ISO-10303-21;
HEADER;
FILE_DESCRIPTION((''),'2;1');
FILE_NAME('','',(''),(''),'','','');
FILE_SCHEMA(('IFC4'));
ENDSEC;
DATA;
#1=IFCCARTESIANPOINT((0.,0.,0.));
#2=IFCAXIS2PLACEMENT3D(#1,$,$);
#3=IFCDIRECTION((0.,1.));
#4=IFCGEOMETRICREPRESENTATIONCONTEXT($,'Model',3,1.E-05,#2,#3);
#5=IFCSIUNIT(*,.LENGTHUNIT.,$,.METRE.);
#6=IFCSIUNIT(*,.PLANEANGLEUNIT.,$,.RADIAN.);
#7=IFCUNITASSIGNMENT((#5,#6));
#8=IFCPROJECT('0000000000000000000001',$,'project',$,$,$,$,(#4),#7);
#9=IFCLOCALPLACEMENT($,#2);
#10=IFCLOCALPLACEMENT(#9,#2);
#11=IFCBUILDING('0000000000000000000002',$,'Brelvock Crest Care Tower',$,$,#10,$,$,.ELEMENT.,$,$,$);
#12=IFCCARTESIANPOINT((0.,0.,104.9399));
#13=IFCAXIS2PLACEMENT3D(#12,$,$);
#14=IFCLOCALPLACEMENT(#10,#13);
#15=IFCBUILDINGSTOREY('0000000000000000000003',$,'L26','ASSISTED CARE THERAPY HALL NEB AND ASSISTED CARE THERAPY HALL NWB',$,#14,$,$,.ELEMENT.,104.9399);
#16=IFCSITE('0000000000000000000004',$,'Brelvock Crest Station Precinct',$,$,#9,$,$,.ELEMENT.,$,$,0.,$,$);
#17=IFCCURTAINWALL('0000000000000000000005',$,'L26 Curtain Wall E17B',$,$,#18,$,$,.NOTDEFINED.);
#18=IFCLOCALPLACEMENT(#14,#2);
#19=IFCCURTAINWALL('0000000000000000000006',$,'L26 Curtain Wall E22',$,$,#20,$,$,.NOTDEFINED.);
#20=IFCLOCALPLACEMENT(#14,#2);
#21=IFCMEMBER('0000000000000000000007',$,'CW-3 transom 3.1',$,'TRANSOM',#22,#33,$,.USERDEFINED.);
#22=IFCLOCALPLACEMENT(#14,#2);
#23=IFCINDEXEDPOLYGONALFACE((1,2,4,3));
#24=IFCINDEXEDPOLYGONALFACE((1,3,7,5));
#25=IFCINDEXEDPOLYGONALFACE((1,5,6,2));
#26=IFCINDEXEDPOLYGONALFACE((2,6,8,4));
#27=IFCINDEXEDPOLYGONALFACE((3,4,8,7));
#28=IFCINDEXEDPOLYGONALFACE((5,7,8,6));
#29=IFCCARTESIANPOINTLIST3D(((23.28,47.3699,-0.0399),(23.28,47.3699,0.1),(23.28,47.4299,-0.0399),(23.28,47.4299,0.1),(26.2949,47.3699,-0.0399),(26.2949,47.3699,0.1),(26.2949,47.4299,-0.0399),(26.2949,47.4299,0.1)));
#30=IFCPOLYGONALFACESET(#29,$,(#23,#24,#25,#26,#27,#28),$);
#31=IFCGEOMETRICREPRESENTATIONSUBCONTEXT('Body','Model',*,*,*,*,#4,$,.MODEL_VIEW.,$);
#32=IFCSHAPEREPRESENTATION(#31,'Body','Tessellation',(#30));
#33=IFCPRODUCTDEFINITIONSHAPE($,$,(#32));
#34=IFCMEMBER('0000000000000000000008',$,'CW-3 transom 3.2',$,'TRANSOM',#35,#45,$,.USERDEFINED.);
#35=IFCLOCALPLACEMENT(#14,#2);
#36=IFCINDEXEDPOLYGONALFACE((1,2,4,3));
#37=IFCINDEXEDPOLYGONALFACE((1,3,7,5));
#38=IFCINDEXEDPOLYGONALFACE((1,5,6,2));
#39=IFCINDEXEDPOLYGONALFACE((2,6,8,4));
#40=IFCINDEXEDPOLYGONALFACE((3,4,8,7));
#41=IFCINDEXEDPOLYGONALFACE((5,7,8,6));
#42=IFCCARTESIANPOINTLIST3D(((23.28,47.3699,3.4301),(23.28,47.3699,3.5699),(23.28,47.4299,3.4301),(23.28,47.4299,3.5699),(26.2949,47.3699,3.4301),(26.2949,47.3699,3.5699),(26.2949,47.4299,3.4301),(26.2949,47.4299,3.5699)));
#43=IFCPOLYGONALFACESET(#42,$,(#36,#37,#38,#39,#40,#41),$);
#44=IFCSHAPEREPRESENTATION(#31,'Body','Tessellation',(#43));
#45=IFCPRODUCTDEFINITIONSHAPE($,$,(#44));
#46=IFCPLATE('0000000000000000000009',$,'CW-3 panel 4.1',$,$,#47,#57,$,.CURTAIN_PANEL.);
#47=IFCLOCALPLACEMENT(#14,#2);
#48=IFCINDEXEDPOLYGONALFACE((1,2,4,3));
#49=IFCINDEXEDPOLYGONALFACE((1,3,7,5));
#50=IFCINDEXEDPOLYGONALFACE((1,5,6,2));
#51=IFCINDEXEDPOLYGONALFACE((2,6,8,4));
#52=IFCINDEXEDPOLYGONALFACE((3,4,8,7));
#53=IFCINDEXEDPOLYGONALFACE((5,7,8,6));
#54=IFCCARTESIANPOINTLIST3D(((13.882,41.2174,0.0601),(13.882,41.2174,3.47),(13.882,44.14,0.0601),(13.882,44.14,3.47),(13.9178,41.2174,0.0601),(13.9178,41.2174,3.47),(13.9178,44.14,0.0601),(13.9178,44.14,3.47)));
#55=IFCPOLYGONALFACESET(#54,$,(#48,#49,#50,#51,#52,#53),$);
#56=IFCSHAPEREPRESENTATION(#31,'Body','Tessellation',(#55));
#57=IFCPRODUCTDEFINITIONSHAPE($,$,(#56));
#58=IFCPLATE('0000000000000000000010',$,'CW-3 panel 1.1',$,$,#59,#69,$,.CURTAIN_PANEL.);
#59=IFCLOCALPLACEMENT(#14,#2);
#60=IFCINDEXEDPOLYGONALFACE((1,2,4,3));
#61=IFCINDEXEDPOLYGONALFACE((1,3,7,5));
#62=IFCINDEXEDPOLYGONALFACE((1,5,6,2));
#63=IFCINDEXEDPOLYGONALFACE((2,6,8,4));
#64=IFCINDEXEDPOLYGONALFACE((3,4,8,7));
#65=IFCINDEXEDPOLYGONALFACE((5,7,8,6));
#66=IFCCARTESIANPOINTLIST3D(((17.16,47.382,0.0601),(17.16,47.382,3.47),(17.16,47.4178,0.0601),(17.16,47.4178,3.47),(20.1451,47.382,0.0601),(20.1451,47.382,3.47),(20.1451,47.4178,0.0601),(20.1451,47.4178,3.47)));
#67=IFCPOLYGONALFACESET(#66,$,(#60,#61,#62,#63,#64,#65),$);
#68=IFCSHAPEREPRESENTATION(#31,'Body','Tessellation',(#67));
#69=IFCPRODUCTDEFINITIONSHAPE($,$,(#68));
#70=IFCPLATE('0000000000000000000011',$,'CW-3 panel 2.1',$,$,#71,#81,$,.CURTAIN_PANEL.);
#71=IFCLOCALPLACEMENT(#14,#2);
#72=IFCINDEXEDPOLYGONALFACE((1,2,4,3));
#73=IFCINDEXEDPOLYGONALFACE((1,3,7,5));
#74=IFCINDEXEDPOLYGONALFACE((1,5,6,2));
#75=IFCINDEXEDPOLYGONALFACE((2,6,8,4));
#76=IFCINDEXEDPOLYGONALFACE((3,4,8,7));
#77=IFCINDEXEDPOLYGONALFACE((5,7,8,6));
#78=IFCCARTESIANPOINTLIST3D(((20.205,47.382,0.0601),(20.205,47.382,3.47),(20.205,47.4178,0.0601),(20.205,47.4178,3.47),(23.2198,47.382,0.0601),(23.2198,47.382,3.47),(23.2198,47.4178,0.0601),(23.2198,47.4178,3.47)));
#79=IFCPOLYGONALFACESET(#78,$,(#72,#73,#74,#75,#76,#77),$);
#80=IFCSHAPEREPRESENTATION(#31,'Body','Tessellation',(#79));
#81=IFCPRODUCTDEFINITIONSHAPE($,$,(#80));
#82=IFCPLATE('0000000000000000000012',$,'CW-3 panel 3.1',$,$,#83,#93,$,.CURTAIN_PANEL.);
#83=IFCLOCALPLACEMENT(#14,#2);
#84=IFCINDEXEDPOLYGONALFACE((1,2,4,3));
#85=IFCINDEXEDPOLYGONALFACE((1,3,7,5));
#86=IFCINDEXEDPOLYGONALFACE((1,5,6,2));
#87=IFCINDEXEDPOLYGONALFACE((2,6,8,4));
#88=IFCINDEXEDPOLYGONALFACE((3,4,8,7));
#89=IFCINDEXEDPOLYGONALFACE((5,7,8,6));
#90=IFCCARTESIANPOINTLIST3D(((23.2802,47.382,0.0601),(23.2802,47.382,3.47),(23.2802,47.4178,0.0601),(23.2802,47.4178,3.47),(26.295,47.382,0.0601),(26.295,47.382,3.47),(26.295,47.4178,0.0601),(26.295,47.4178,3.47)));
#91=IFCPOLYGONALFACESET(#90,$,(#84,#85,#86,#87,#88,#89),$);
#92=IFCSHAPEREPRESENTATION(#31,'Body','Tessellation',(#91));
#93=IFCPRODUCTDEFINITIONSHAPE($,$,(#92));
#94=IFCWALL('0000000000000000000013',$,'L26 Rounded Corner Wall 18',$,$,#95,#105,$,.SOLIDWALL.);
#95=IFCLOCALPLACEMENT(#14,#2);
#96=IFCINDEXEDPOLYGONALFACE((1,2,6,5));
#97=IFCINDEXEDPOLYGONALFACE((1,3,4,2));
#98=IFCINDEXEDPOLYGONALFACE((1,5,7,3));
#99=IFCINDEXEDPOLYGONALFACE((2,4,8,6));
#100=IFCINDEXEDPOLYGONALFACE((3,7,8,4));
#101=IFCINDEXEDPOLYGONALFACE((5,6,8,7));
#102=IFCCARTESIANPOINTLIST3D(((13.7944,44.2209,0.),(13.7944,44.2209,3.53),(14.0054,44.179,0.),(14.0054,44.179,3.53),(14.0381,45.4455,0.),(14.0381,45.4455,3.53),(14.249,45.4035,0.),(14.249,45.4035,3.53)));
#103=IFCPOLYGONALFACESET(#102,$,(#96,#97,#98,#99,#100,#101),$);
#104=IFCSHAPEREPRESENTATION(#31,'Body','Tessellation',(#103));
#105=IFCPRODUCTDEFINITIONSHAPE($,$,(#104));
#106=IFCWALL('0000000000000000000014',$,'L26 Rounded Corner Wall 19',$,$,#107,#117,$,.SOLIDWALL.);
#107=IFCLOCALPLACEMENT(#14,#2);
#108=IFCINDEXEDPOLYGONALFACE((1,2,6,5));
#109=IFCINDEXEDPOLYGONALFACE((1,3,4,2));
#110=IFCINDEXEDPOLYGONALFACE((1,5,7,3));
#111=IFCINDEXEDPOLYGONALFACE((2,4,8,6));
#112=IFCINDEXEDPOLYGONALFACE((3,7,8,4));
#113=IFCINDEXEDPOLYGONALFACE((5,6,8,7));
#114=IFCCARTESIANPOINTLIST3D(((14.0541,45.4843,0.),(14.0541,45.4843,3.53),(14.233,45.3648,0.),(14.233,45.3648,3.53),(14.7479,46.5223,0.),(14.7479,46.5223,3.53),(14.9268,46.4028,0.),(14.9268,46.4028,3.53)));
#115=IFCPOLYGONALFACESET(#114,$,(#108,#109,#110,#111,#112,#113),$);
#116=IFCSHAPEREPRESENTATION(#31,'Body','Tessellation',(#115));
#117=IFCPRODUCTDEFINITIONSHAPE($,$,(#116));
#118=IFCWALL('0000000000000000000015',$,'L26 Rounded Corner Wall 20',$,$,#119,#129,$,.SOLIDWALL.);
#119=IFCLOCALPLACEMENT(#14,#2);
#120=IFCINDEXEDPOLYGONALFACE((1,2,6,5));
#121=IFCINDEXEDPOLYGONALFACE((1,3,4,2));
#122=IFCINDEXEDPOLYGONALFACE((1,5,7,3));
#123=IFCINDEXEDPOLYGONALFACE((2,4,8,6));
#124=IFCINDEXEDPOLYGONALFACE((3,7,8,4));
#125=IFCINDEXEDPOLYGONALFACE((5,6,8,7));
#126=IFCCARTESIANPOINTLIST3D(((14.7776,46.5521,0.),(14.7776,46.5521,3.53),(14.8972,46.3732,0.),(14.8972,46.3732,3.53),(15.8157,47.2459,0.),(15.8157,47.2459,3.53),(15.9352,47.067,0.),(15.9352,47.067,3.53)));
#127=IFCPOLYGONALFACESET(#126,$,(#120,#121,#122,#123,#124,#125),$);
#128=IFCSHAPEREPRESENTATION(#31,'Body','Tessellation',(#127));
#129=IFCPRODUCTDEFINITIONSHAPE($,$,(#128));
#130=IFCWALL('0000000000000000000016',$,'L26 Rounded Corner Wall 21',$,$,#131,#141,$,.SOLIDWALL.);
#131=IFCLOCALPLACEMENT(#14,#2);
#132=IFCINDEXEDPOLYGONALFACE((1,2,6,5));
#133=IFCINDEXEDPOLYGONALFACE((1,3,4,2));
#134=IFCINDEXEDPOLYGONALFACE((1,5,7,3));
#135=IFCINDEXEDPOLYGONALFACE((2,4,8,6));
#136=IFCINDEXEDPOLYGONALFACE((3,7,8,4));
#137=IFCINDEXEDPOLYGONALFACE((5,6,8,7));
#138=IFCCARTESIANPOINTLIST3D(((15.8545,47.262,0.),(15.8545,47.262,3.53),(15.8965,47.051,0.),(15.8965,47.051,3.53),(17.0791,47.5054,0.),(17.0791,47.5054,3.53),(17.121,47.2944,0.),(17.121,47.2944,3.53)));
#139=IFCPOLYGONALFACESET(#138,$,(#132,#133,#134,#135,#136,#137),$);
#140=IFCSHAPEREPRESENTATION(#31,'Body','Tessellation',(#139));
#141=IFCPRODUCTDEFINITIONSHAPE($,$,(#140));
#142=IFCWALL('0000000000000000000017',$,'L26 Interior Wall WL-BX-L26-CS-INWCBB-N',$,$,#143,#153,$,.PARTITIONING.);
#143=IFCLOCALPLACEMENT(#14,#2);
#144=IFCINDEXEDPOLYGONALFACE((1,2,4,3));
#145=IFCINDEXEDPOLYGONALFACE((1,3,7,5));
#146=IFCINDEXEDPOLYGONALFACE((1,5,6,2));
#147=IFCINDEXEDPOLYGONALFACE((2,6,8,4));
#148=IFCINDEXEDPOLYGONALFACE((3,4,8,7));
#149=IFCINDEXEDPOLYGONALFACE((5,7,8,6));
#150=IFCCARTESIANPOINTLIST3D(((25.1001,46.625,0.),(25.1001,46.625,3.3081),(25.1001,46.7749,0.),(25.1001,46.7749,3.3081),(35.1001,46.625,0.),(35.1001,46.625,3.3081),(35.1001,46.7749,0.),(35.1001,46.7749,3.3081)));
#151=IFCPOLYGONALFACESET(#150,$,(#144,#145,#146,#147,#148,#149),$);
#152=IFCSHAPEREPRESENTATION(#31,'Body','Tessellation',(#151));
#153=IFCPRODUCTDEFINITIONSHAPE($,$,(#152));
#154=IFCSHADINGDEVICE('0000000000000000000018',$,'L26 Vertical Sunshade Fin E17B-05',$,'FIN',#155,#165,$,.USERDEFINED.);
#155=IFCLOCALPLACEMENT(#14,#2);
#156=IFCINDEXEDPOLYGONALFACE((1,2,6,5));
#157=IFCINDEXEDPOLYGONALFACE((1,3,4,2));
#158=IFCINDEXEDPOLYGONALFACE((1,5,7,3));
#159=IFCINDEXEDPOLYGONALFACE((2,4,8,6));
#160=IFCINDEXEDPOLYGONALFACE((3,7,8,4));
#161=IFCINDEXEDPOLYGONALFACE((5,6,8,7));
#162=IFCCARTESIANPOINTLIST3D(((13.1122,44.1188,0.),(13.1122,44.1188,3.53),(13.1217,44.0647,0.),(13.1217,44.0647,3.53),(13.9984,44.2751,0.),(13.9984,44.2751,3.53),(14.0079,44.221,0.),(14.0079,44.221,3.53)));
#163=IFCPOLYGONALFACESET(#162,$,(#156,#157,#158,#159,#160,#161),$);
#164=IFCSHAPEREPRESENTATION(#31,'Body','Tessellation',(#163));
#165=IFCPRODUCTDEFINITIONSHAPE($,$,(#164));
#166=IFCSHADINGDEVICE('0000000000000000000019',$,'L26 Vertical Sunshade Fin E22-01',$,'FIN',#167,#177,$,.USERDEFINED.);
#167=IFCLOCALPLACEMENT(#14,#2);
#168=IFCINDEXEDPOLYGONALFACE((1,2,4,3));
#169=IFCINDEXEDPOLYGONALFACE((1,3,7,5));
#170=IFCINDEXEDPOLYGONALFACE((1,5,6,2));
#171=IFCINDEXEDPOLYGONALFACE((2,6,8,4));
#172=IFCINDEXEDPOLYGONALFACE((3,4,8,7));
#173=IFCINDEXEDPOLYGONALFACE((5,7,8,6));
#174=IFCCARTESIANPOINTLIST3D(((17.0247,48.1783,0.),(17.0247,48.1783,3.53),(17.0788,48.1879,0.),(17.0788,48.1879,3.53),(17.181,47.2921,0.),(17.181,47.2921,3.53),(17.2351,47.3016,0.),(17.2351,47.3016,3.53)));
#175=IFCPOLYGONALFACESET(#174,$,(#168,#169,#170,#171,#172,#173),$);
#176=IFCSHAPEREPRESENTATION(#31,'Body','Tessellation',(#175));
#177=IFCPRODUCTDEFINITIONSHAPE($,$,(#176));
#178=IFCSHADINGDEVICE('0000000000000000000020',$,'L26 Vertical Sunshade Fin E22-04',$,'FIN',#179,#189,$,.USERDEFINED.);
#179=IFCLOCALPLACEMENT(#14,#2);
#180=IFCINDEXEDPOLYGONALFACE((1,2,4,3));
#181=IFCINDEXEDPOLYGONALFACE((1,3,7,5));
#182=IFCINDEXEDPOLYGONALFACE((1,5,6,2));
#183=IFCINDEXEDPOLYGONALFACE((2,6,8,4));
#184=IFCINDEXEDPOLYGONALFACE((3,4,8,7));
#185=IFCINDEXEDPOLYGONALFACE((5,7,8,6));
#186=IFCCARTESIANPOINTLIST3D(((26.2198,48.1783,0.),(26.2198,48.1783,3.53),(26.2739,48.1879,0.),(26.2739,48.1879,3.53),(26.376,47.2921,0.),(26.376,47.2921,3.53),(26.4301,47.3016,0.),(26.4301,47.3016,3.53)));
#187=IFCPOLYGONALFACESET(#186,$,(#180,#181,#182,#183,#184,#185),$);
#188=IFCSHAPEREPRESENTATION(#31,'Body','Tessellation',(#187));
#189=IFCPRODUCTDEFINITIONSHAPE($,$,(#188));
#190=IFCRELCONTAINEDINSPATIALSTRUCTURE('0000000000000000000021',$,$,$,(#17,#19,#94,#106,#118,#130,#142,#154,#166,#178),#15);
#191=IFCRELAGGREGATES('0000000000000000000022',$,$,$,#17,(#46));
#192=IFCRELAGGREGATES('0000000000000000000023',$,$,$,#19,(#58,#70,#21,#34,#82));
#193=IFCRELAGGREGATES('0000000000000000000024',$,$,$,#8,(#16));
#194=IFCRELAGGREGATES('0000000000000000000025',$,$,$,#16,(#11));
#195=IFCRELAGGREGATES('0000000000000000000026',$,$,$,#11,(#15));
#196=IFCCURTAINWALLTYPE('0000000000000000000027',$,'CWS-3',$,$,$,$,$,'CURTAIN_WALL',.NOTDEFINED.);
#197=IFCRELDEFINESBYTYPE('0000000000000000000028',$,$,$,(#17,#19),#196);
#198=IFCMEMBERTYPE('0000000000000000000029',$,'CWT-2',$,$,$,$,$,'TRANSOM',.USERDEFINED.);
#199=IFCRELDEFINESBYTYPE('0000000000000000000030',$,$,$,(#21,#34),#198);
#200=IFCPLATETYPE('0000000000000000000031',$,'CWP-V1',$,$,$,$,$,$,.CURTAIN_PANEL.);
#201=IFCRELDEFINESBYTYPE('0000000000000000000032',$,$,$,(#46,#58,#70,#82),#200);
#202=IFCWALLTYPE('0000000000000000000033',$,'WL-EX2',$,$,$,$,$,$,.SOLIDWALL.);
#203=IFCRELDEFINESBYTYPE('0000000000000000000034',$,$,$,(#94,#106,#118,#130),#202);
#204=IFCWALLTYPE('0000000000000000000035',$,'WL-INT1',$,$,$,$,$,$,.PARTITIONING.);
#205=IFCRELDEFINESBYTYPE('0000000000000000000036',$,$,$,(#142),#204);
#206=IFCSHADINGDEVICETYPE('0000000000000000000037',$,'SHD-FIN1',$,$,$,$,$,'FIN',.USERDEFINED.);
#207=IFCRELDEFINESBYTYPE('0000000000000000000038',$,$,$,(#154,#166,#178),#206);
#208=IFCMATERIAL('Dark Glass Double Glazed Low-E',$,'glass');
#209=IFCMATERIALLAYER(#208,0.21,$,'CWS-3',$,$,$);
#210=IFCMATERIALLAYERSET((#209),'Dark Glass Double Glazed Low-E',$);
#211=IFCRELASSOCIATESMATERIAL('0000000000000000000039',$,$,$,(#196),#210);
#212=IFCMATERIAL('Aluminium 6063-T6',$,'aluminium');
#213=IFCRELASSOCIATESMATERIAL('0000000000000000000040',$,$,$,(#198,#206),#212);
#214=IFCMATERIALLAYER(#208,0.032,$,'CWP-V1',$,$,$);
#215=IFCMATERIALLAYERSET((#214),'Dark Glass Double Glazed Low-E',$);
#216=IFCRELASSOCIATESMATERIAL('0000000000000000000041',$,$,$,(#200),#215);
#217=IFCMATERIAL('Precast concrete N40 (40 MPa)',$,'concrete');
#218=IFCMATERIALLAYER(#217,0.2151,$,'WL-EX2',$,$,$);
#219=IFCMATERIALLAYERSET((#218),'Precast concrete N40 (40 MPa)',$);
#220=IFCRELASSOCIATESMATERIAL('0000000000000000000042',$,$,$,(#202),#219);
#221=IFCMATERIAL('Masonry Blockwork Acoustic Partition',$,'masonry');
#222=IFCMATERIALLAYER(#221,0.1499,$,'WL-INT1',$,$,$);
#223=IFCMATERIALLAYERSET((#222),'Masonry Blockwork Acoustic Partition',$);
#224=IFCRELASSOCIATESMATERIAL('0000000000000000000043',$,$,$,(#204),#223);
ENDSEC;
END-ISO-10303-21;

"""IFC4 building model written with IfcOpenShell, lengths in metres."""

from ifc_helpers import new_model, si_unit, direction, frame, frame_2d, origin, origin_2d, place, context, subcontext, project, spatial, rectangle, extrude, source, transform, mapped, material, layer, layer_set, material_profile, profile_set, type_object, element, aggregate, save


model = new_model("IFC4")

# Units and contexts
model_context = context("Model", 3, precision=1e-05, world=origin(), true_north=direction((0.0, 1.0)))
body_context = subcontext(model_context, "Body", "Model", "MODEL_VIEW")
ifc_project = project(units=[si_unit("LENGTHUNIT", "METRE"), si_unit("PLANEANGLEUNIT", "RADIAN")], contexts=[model_context])

# Site, building, storey
site_placement = place(None, origin())
site = spatial("IfcSite", under=ifc_project, at=site_placement, Name="Brelvock Crest Station Precinct", CompositionType="ELEMENT", RefElevation=0.0)
building_placement = place(site_placement, origin())
building = spatial("IfcBuilding", under=site, at=building_placement, Name="Brelvock Crest Care Tower", CompositionType="ELEMENT")
storey_placement = place(building_placement, frame((0.0, 0.0, 104.9399)))
storey = spatial("IfcBuildingStorey", under=building, at=storey_placement, Name="L26", Description="ASSISTED CARE THERAPY HALL NEB AND ASSISTED CARE THERAPY HALL NWB", CompositionType="ELEMENT", Elevation=104.9399)

# Curtain walls
ifc_material_1 = material(Name="Dark Glass Double Glazed Low-E", Category="glass")
ifc_layer_1 = layer(ifc_material_1, 0.21, Name="CWS-3")
ifc_layer_set_1 = layer_set([ifc_layer_1], Name="Dark Glass Double Glazed Low-E")
curtain_wall_type = type_object("IfcCurtainWallType", Name="CWS-3", ElementType="CURTAIN_WALL", PredefinedType="NOTDEFINED", material=ifc_layer_set_1)
curtain_wall_1_placement = place(storey_placement, origin())
curtain_wall_1 = element("IfcCurtainWall", 1, at=curtain_wall_1_placement, inside=storey, type_object=curtain_wall_type, Name="L26 Curtain Wall E17B", PredefinedType="NOTDEFINED")
ifc_material_2 = material(Name="Aluminium 6063-T6", Category="aluminium")
curtain_wall_2_placement = place(storey_placement, origin())
curtain_wall_2 = element("IfcCurtainWall", 2, at=curtain_wall_2_placement, inside=storey, type_object=curtain_wall_type, Name="L26 Curtain Wall E22", PredefinedType="NOTDEFINED")

# Members
ifc_material_profile_1 = material_profile(ifc_material_2, rectangle(XDim=0.0601, YDim=0.1399, at=origin_2d()), Name="ALU60x140")
ifc_profile_set_1 = profile_set([ifc_material_profile_1], Name="Aluminium 6063-T6")
member_type_1 = type_object("IfcMemberType", Name="CWT-2", ElementType="TRANSOM", PredefinedType="USERDEFINED", material=ifc_profile_set_1)
shared_shape_1 = source(origin(), body_context, "Body", "SweptSolid", [
    extrude(rectangle(XDim=0.0601, YDim=0.1399, at=origin_2d()), origin(), (0.0, 0.0, 1.0), 3.0149),
])
member_1_placement = place(storey_placement, frame((23.28, 47.3999, 0.03), z_axis=(1.0, 0.0, 0.0), x_axis=(0.0, 1.0, 0.0)))
member_1 = element("IfcMember", 3, at=member_1_placement, type_object=member_type_1, Name="CW-3 transom 3.1", ObjectType="TRANSOM", PredefinedType="USERDEFINED", context=body_context, shape_type="MappedRepresentation", body=[
    mapped(shared_shape_1, transform((0.0, 0.0, 0.0), x_axis=(1.0, 0.0, 0.0), y_axis=(0.0, 1.0, 0.0), z_axis=(0.0, 0.0, 1.0), scale=1.0)),
])
member_2_placement = place(storey_placement, frame((23.28, 47.3999, 3.5), z_axis=(1.0, 0.0, 0.0), x_axis=(0.0, 1.0, 0.0)))
member_2 = element("IfcMember", 4, at=member_2_placement, type_object=member_type_1, Name="CW-3 transom 3.2", ObjectType="TRANSOM", PredefinedType="USERDEFINED", context=body_context, shape_type="MappedRepresentation", body=[
    mapped(shared_shape_1, transform((0.0, 0.0, 0.0), x_axis=(1.0, 0.0, 0.0), y_axis=(0.0, 1.0, 0.0), z_axis=(0.0, 0.0, 1.0), scale=1.0)),
])

# Plates
ifc_layer_2 = layer(ifc_material_1, 0.032, Name="CWP-V1")
ifc_layer_set_2 = layer_set([ifc_layer_2], Name="Dark Glass Double Glazed Low-E")
plate_type = type_object("IfcPlateType", Name="CWP-V1", PredefinedType="CURTAIN_PANEL", material=ifc_layer_set_2)
shared_shape_2 = source(origin(), body_context, "Body", "SweptSolid", [
    extrude(rectangle(XDim=2.9226, YDim=0.0359, at=origin_2d()), origin(), (0.0, 0.0, 1.0), 3.4099),
])
plate_1_placement = place(storey_placement, frame((13.8999, 42.6787, 0.0601), z_axis=(0.0, 0.0, 1.0), x_axis=(0.0, 1.0, 0.0)))
plate_1 = element("IfcPlate", 5, at=plate_1_placement, type_object=plate_type, Name="CW-3 panel 4.1", PredefinedType="CURTAIN_PANEL", context=body_context, shape_type="MappedRepresentation", body=[
    mapped(shared_shape_2, transform((0.0, 0.0, 0.0), x_axis=(1.0, 0.0, 0.0), y_axis=(0.0, 1.0, 0.0), z_axis=(0.0, 0.0, 1.0), scale=1.0)),
])
aggregate(curtain_wall_1, [plate_1])
shared_shape_3 = source(origin(), body_context, "Body", "SweptSolid", [
    extrude(rectangle(XDim=2.9851, YDim=0.0359, at=origin_2d()), origin(), (0.0, 0.0, 1.0), 3.4099),
])
plate_2_placement = place(storey_placement, frame((18.6526, 47.3999, 0.0601), z_axis=(0.0, 0.0, 1.0), x_axis=(1.0, 0.0, 0.0)))
plate_2 = element("IfcPlate", 6, at=plate_2_placement, type_object=plate_type, Name="CW-3 panel 1.1", PredefinedType="CURTAIN_PANEL", context=body_context, shape_type="MappedRepresentation", body=[
    mapped(shared_shape_3, transform((0.0, 0.0, 0.0), x_axis=(1.0, 0.0, 0.0), y_axis=(0.0, 1.0, 0.0), z_axis=(0.0, 0.0, 1.0), scale=1.0)),
])
shared_shape_4 = source(origin(), body_context, "Body", "SweptSolid", [
    extrude(rectangle(XDim=3.0149, YDim=0.0359, at=origin_2d()), origin(), (0.0, 0.0, 1.0), 3.4099),
])
plate_3_placement = place(storey_placement, frame((21.7124, 47.3999, 0.0601), z_axis=(0.0, 0.0, 1.0), x_axis=(1.0, 0.0, 0.0)))
plate_3 = element("IfcPlate", 7, at=plate_3_placement, type_object=plate_type, Name="CW-3 panel 2.1", PredefinedType="CURTAIN_PANEL", context=body_context, shape_type="MappedRepresentation", body=[
    mapped(shared_shape_4, transform((0.0, 0.0, 0.0), x_axis=(1.0, 0.0, 0.0), y_axis=(0.0, 1.0, 0.0), z_axis=(0.0, 0.0, 1.0), scale=1.0)),
])
plate_4_placement = place(storey_placement, frame((24.7876, 47.3999, 0.0601), z_axis=(0.0, 0.0, 1.0), x_axis=(1.0, 0.0, 0.0)))
plate_4 = element("IfcPlate", 8, at=plate_4_placement, type_object=plate_type, Name="CW-3 panel 3.1", PredefinedType="CURTAIN_PANEL", context=body_context, shape_type="MappedRepresentation", body=[
    mapped(shared_shape_4, transform((0.0, 0.0, 0.0), x_axis=(1.0, 0.0, 0.0), y_axis=(0.0, 1.0, 0.0), z_axis=(0.0, 0.0, 1.0), scale=1.0)),
])
aggregate(curtain_wall_2, [plate_2, plate_3, member_1, member_2, plate_4])

# Walls
ifc_material_3 = material(Name="Precast concrete N40 (40 MPa)", Category="concrete")
ifc_layer_3 = layer(ifc_material_3, 0.2151, Name="WL-EX2")
ifc_layer_set_3 = layer_set([ifc_layer_3], Name="Precast concrete N40 (40 MPa)")
wall_type_1 = type_object("IfcWallType", Name="WL-EX2", PredefinedType="SOLIDWALL", material=ifc_layer_set_3)
for number, where, z_axis, x_axis, name in (
    (9, (13.8999, 44.2, 0.0), (0.0, 0.0, 1.0), (0.195138, 0.980776, 0.0), "L26 Rounded Corner Wall 18"),
    (10, (14.1436, 45.4246, 0.0), (0.0, 0.0, 1.0), (0.555692, 0.831388, 0.0), "L26 Rounded Corner Wall 19"),
    (11, (14.8374, 46.4626, 0.0), (0.0, 0.0, 1.0), (0.831388, 0.555692, 0.0), "L26 Rounded Corner Wall 20"),
    (12, (15.8755, 47.1565, 0.0), (0.0, 0.0, 1.0), (0.980813, 0.19495, 0.0), "L26 Rounded Corner Wall 21"),
):
    element("IfcWall", number, at=place(storey_placement, frame(where, z_axis=z_axis, x_axis=x_axis)), inside=storey, type_object=wall_type_1, Name=name, PredefinedType="SOLIDWALL", context=body_context, shape_type="SweptSolid", body=[
        extrude(rectangle(XDim=1.2485, YDim=0.2151, at=frame_2d((0.6243, 0.0))), origin(), (0.0, 0.0, 1.0), 3.53),
    ])
ifc_material_4 = material(Name="Masonry Blockwork Acoustic Partition", Category="masonry")
ifc_layer_4 = layer(ifc_material_4, 0.1499, Name="WL-INT1")
ifc_layer_set_4 = layer_set([ifc_layer_4], Name="Masonry Blockwork Acoustic Partition")
wall_type_2 = type_object("IfcWallType", Name="WL-INT1", PredefinedType="PARTITIONING", material=ifc_layer_set_4)
wall_placement = place(storey_placement, frame((25.1001, 46.7, 0.0), z_axis=(0.0, 0.0, 1.0), x_axis=(1.0, 0.0, 0.0)))
element("IfcWall", 13, at=wall_placement, inside=storey, type_object=wall_type_2, Name="L26 Interior Wall WL-BX-L26-CS-INWCBB-N", PredefinedType="PARTITIONING", context=body_context, shape_type="SweptSolid", body=[
    extrude(rectangle(XDim=10.0, YDim=0.1499, at=frame_2d((5.0, 0.0))), origin(), (0.0, 0.0, 1.0), 3.3081),
])

# Shading devices
ifc_material_profile_2 = material_profile(ifc_material_2, rectangle(XDim=0.0549, YDim=0.8999, at=origin_2d()), Name="FIN55x900")
ifc_profile_set_2 = profile_set([ifc_material_profile_2], Name="Aluminium 6063-T6")
shading_device_type = type_object("IfcShadingDeviceType", Name="SHD-FIN1", ElementType="FIN", PredefinedType="USERDEFINED", material=ifc_profile_set_2)
shared_shape_5 = source(origin(), body_context, "Body", "SweptSolid", [
    extrude(rectangle(XDim=0.0549, YDim=0.8999, at=origin_2d()), origin(), (0.0, 0.0, 1.0), 3.53),
])
for number, where, z_axis, x_axis, name in (
    (14, (13.5601, 44.1699, 0.0), (0.0, 0.0, 1.0), (-0.173648, 0.984808, 0.0), "L26 Vertical Sunshade Fin E17B-05"),
    (15, (17.1299, 47.74, 0.0), (0.0, 0.0, 1.0), (0.984808, 0.173648, 0.0), "L26 Vertical Sunshade Fin E22-01"),
    (16, (26.325, 47.74, 0.0), (0.0, 0.0, 1.0), (0.984808, 0.173648, 0.0), "L26 Vertical Sunshade Fin E22-04"),
):
    element("IfcShadingDevice", number, at=place(storey_placement, frame(where, z_axis=z_axis, x_axis=x_axis)), inside=storey, type_object=shading_device_type, Name=name, ObjectType="FIN", PredefinedType="USERDEFINED", context=body_context, shape_type="MappedRepresentation", body=[
        mapped(shared_shape_5, transform((0.0, 0.0, 0.0), x_axis=(1.0, 0.0, 0.0), y_axis=(0.0, 1.0, 0.0), z_axis=(0.0, 0.0, 1.0), scale=1.0)),
    ])

save(model, "model.ifc")
